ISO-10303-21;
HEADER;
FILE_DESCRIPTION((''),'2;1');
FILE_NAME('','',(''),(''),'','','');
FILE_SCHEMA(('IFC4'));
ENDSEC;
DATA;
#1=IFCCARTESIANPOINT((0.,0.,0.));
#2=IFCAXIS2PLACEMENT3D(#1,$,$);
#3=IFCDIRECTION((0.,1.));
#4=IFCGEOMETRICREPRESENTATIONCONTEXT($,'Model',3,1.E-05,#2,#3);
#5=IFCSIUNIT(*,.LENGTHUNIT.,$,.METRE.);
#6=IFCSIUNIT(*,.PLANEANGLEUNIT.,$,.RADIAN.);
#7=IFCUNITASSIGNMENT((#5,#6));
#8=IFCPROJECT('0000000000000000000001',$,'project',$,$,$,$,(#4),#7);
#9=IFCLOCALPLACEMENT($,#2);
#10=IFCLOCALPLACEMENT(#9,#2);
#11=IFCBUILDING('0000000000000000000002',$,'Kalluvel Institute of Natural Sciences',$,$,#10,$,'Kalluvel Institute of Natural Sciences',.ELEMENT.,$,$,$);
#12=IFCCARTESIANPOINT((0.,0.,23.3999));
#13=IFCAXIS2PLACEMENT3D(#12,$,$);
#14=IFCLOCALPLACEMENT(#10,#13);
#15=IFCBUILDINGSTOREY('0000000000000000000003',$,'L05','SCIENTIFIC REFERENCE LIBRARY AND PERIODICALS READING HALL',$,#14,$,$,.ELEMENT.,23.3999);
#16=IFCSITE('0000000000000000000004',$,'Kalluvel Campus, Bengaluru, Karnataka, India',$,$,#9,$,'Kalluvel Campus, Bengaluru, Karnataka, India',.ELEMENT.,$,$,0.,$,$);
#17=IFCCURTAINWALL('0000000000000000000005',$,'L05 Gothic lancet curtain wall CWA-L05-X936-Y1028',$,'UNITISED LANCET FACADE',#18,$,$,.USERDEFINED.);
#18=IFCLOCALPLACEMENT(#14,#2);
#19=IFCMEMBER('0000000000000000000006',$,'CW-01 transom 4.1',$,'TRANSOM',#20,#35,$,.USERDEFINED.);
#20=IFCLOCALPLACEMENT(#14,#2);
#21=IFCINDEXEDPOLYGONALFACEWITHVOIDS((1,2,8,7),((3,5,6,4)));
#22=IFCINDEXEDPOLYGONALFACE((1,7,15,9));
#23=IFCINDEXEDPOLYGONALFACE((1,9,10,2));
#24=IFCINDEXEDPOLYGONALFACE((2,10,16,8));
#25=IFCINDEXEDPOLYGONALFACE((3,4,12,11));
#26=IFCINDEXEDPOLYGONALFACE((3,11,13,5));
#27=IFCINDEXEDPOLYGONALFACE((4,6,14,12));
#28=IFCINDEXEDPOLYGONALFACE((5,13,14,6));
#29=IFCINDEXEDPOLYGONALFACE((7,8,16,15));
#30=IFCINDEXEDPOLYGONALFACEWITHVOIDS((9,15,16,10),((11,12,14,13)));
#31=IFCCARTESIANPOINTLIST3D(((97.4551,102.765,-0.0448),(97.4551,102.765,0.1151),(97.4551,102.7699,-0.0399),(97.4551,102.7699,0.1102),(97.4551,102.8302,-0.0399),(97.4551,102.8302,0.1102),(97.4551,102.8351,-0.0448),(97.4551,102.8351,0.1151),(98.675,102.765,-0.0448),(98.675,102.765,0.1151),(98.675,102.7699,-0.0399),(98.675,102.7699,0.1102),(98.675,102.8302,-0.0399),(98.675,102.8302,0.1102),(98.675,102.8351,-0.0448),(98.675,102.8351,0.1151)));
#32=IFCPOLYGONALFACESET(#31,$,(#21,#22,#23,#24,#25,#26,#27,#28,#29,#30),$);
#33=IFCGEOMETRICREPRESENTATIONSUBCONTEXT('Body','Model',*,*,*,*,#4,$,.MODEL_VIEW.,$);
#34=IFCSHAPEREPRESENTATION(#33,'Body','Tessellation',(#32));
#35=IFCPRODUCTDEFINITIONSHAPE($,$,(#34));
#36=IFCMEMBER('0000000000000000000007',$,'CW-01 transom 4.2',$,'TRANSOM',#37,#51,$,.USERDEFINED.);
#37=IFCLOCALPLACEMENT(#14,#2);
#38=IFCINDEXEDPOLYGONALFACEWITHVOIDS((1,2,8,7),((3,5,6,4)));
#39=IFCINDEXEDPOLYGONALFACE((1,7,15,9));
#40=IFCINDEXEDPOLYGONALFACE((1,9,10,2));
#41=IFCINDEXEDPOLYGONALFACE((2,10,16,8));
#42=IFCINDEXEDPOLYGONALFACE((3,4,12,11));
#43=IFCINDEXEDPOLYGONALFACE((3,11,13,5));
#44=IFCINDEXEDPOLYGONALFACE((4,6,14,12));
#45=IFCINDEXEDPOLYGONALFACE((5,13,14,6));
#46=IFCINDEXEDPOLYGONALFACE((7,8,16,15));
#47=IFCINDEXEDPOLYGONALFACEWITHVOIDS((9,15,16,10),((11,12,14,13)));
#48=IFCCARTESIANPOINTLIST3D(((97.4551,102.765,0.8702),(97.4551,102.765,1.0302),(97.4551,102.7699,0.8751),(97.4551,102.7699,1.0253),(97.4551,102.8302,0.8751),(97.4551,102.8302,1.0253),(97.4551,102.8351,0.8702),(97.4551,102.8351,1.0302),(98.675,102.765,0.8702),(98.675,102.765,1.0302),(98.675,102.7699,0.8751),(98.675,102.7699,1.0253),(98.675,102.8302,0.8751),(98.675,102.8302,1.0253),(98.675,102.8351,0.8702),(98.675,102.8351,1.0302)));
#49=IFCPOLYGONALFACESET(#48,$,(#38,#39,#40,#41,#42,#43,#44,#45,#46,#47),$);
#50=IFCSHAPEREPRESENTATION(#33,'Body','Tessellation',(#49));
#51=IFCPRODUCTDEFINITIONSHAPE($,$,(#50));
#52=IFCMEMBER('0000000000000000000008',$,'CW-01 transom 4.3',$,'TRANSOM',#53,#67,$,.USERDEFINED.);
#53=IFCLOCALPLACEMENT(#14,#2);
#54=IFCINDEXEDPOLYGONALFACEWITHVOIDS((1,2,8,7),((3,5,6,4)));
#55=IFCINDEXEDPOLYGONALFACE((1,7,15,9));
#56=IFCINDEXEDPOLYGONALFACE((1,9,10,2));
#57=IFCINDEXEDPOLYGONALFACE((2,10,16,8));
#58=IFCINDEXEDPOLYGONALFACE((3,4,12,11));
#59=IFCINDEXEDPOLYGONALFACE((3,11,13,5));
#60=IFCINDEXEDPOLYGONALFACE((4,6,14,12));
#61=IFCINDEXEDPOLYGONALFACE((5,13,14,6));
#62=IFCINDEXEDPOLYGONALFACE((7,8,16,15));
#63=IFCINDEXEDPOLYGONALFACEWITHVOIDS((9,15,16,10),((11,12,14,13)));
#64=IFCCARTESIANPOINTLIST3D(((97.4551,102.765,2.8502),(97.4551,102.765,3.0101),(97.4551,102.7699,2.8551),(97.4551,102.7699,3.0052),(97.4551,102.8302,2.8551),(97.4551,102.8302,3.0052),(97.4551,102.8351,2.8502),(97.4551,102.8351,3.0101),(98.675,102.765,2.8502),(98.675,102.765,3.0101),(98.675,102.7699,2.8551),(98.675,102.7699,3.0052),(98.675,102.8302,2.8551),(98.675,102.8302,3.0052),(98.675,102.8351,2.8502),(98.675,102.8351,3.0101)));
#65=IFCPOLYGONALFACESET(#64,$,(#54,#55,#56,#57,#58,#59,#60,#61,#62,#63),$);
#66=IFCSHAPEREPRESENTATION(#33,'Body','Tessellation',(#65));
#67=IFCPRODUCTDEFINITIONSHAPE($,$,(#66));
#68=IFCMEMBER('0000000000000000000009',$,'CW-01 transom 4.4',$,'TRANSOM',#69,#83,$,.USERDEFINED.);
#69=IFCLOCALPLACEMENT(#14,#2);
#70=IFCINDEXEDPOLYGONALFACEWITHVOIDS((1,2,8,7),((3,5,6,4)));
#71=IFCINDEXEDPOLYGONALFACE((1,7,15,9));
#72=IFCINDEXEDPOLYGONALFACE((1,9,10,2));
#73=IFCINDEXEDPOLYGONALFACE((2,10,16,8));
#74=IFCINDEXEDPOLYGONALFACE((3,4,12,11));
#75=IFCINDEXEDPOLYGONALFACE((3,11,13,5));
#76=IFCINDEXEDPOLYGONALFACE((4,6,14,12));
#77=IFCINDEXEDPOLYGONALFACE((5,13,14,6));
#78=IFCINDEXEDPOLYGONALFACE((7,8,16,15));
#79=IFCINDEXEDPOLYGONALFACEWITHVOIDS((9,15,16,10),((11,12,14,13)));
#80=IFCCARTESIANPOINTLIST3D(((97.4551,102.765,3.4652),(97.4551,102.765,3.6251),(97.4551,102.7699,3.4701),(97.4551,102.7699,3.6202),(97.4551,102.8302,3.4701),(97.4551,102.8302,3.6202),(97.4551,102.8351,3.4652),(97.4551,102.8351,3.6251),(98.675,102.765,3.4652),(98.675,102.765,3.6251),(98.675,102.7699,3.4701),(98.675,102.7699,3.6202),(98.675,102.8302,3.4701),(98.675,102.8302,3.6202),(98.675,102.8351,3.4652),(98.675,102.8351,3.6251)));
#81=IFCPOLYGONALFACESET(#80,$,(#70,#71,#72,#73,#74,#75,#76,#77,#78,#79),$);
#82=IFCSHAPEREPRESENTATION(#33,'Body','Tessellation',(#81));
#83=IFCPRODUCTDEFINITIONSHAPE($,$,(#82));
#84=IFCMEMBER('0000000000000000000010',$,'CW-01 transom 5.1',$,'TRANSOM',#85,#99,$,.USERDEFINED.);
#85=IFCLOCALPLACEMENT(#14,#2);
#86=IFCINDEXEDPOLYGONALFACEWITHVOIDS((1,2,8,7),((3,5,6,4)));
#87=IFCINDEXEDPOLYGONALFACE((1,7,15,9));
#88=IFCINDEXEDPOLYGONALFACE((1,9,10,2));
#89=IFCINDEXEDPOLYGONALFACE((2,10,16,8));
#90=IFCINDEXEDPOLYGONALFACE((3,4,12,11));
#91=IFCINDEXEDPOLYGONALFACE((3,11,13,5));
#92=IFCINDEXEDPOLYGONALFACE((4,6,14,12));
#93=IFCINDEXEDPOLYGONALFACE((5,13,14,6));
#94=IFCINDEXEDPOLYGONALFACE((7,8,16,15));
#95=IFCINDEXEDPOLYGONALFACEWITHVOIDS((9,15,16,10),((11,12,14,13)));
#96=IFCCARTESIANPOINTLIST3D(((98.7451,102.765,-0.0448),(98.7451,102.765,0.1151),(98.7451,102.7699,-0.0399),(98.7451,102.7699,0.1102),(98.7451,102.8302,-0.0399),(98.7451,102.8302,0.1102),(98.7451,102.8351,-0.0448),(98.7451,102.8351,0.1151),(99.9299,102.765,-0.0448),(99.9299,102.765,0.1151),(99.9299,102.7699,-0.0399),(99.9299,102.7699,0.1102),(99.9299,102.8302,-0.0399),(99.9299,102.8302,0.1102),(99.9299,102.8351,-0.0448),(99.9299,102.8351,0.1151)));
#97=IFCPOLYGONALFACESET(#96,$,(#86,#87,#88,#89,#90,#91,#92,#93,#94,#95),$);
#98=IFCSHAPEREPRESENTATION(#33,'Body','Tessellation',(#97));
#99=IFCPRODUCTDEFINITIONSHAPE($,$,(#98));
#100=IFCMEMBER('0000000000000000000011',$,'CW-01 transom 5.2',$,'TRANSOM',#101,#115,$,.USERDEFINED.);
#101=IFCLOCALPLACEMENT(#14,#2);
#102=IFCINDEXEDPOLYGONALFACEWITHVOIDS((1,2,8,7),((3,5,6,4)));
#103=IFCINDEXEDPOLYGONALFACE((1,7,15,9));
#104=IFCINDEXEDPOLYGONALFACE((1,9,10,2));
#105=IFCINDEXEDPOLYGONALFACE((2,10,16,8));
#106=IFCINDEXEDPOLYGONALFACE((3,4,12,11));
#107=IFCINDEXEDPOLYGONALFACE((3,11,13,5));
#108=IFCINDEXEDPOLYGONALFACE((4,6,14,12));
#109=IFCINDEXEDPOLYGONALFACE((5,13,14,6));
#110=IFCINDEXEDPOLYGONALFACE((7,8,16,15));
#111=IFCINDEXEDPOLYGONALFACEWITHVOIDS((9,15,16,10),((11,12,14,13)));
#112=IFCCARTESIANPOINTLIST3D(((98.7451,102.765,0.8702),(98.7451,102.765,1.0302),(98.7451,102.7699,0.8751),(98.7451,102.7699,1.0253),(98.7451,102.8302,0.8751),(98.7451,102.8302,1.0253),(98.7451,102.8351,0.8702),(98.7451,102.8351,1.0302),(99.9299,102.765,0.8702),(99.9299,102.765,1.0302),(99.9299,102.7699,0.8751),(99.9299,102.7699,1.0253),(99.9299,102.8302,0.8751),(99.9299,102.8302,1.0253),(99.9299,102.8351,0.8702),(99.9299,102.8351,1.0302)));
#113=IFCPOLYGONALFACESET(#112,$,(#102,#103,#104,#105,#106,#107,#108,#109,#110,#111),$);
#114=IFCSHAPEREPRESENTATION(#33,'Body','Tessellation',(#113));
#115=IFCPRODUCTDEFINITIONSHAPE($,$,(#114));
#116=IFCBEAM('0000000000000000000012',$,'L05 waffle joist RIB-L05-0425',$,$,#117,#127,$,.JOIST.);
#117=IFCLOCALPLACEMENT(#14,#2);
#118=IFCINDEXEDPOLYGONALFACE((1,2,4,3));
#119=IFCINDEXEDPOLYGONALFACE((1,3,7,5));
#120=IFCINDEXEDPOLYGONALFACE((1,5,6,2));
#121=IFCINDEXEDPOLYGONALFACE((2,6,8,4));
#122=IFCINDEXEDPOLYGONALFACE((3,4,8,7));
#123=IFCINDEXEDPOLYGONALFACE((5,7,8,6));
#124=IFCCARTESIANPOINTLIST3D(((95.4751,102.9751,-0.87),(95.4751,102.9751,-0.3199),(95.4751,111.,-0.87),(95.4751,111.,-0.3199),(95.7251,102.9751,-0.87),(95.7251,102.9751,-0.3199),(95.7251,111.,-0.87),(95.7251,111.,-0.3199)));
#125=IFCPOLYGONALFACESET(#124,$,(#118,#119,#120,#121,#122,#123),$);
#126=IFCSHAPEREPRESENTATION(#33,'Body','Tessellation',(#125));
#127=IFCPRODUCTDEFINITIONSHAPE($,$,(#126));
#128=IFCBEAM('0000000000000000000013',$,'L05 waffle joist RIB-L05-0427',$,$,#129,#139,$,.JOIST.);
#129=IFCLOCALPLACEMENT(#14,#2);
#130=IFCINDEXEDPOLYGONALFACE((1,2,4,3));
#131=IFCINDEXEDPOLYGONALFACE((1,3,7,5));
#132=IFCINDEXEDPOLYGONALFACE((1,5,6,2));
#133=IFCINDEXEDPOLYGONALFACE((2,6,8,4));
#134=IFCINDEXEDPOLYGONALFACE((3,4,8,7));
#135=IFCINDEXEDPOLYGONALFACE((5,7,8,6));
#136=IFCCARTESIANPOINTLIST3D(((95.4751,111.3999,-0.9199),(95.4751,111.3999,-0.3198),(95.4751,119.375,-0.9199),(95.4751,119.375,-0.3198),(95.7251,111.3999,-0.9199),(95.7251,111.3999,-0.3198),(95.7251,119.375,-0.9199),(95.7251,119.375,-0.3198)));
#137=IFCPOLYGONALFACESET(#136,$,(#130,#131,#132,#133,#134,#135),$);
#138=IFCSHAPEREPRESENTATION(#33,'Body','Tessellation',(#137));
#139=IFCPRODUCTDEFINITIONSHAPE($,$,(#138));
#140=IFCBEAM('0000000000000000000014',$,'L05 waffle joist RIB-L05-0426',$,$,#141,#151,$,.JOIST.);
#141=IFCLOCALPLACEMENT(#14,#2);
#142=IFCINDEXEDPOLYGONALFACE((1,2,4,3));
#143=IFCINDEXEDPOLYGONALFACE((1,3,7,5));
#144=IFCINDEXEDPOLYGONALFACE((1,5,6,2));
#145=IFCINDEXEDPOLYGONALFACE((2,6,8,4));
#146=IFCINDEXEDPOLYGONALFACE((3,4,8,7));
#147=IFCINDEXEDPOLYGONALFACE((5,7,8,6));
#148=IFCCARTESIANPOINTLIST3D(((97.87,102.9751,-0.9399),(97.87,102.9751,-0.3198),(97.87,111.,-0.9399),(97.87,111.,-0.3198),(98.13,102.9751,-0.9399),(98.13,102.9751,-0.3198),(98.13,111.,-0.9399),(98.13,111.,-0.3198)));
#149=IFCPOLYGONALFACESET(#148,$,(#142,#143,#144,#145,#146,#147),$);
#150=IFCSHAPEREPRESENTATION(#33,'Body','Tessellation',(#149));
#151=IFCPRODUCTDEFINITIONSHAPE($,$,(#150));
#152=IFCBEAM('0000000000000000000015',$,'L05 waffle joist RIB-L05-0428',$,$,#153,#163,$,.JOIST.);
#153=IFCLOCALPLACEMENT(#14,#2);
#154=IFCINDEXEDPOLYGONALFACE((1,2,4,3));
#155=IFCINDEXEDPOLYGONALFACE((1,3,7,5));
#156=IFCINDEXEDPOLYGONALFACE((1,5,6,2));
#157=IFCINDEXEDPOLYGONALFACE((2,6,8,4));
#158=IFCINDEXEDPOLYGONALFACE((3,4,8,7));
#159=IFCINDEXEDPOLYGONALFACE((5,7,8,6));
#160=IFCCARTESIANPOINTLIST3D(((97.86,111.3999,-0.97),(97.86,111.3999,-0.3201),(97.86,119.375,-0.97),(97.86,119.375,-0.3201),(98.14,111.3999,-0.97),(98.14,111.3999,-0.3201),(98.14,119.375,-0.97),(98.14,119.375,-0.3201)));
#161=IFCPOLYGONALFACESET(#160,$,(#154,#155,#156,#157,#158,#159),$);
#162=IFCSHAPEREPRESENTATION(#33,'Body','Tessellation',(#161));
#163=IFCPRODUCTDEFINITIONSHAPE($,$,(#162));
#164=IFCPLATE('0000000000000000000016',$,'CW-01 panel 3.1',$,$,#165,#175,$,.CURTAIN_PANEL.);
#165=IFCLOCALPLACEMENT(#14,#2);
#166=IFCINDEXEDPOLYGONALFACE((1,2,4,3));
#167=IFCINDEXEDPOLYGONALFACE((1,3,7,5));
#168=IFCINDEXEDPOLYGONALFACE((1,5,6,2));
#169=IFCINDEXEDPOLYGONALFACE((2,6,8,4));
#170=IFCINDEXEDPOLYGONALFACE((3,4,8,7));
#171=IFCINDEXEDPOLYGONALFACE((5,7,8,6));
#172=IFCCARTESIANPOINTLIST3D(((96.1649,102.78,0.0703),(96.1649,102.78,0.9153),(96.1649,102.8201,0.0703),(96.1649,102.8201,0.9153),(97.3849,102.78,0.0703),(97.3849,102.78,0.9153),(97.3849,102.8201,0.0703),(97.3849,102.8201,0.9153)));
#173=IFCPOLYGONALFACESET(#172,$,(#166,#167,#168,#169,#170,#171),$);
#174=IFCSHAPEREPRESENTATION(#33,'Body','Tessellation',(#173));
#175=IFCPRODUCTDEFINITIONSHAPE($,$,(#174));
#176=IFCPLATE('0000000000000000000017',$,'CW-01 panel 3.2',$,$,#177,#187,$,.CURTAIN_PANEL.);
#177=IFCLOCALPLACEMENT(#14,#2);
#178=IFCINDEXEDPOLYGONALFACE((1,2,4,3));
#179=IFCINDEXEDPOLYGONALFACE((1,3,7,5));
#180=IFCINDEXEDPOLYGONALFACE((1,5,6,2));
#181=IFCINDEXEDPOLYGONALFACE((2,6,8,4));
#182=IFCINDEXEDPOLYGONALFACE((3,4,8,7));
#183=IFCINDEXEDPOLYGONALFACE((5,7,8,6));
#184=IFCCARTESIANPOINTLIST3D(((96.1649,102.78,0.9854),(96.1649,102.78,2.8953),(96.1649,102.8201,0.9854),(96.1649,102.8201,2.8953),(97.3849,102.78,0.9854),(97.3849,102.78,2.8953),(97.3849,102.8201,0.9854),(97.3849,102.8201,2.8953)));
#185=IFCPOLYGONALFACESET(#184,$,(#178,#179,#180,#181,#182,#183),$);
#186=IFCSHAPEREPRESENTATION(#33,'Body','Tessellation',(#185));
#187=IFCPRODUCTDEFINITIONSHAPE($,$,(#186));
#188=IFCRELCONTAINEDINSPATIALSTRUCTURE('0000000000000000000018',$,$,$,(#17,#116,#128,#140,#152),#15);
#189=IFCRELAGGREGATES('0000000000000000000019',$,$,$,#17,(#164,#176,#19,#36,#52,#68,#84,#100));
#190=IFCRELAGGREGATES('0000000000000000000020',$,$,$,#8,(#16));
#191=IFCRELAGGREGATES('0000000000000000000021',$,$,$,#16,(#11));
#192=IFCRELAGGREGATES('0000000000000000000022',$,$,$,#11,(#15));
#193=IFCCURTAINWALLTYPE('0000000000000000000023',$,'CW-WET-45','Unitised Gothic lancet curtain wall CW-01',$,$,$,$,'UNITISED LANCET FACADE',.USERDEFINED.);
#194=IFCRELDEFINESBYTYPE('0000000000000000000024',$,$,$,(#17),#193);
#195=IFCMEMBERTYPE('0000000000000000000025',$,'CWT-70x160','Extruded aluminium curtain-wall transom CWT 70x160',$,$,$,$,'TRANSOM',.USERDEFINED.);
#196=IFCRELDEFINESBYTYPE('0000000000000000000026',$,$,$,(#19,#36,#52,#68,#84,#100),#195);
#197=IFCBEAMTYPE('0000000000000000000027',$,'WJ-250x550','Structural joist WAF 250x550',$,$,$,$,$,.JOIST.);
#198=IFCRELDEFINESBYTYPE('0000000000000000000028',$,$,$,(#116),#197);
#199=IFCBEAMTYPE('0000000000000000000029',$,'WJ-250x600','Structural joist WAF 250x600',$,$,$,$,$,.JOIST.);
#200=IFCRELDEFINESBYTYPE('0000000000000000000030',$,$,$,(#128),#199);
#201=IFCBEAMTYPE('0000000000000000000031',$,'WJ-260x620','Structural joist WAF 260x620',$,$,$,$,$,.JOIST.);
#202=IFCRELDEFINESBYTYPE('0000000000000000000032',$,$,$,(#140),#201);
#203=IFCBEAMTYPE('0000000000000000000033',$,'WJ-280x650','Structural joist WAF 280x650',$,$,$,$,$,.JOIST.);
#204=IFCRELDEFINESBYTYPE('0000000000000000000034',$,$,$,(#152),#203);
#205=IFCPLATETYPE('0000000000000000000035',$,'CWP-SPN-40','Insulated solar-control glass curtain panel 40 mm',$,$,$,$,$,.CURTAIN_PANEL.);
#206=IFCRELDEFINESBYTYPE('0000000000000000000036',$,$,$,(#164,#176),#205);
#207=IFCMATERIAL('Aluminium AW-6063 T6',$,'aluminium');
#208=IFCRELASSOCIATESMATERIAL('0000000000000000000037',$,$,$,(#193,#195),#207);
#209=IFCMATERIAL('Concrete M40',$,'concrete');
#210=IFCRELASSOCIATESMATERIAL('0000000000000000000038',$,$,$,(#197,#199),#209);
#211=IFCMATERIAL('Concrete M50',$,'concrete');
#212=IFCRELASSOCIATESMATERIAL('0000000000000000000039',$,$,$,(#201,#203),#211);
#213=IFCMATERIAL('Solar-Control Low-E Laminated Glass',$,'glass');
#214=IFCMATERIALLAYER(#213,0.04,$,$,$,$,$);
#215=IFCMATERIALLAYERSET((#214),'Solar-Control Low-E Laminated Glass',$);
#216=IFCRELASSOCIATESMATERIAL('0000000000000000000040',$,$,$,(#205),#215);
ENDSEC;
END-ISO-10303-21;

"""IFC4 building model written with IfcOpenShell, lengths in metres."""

from ifc_helpers import new_model, si_unit, direction, frame, origin, origin_2d, place, context, subcontext, project, spatial, rectangle, hollow_rectangle, extrude, material, layer, layer_set, material_profile, profile_set, type_object, element, aggregate, save


model = new_model("IFC4")

# Units and contexts
model_context = context("Model", 3, precision=1e-05, world=origin(), true_north=direction((0.0, 1.0)))
body_context = subcontext(model_context, "Body", "Model", "MODEL_VIEW")
ifc_project = project(units=[si_unit("LENGTHUNIT", "METRE"), si_unit("PLANEANGLEUNIT", "RADIAN")], contexts=[model_context])

# Site, building, storey
site_placement = place(None, origin())
site = spatial("IfcSite", under=ifc_project, at=site_placement, Name="Kalluvel Campus, Bengaluru, Karnataka, India", LongName="Kalluvel Campus, Bengaluru, Karnataka, India", CompositionType="ELEMENT", RefElevation=0.0)
building_placement = place(site_placement, origin())
building = spatial("IfcBuilding", under=site, at=building_placement, Name="Kalluvel Institute of Natural Sciences", LongName="Kalluvel Institute of Natural Sciences", CompositionType="ELEMENT")
storey_placement = place(building_placement, frame((0.0, 0.0, 23.3999)))
storey = spatial("IfcBuildingStorey", under=building, at=storey_placement, Name="L05", Description="SCIENTIFIC REFERENCE LIBRARY AND PERIODICALS READING HALL", CompositionType="ELEMENT", Elevation=23.3999)

# Shared definitions
ifc_material_1 = material(Name="Concrete M40", Category="concrete")

# Curtain wall, members
ifc_material_2 = material(Name="Aluminium AW-6063 T6", Category="aluminium")
curtain_wall_type = type_object("IfcCurtainWallType", Name="CW-WET-45", Description="Unitised Gothic lancet curtain wall CW-01", ElementType="UNITISED LANCET FACADE", PredefinedType="USERDEFINED", material=ifc_material_2)
curtain_wall_placement = place(storey_placement, origin())
curtain_wall = element("IfcCurtainWall", 1, at=curtain_wall_placement, inside=storey, type_object=curtain_wall_type, Name="L05 Gothic lancet curtain wall CWA-L05-X936-Y1028", ObjectType="UNITISED LANCET FACADE", PredefinedType="USERDEFINED")
ifc_material_profile_1 = material_profile(ifc_material_2, hollow_rectangle(XDim=0.0701, YDim=0.1599, WallThickness=0.0049, at=origin_2d()), Name="CWT 70x160")
ifc_profile_set_1 = profile_set([ifc_material_profile_1], Name="Aluminium AW-6063 T6")
member_type_1 = type_object("IfcMemberType", Name="CWT-70x160", Description="Extruded aluminium curtain-wall transom CWT 70x160", ElementType="TRANSOM", PredefinedType="USERDEFINED", material=ifc_profile_set_1)
member_1_placement = place(storey_placement, frame((97.4551, 102.8, 0.0352), z_axis=(1.0, 0.0, 0.0), x_axis=(0.0, 1.0, 0.0)))
member_1 = element("IfcMember", 2, at=member_1_placement, type_object=member_type_1, Name="CW-01 transom 4.1", ObjectType="TRANSOM", PredefinedType="USERDEFINED", context=body_context, shape_type="SweptSolid", body=[
    extrude(hollow_rectangle(XDim=0.0701, YDim=0.1599, WallThickness=0.0049, at=origin_2d()), origin(), (0.0, 0.0, 1.0), 1.22),
])
member_2_placement = place(storey_placement, frame((97.4551, 102.8, 0.9502), z_axis=(1.0, 0.0, 0.0), x_axis=(0.0, 1.0, 0.0)))
member_2 = element("IfcMember", 3, at=member_2_placement, type_object=member_type_1, Name="CW-01 transom 4.2", ObjectType="TRANSOM", PredefinedType="USERDEFINED", context=body_context, shape_type="SweptSolid", body=[
    extrude(hollow_rectangle(XDim=0.0701, YDim=0.1599, WallThickness=0.0049, at=origin_2d()), origin(), (0.0, 0.0, 1.0), 1.22),
])
member_3_placement = place(storey_placement, frame((97.4551, 102.8, 2.9302), z_axis=(1.0, 0.0, 0.0), x_axis=(0.0, 1.0, 0.0)))
member_3 = element("IfcMember", 4, at=member_3_placement, type_object=member_type_1, Name="CW-01 transom 4.3", ObjectType="TRANSOM", PredefinedType="USERDEFINED", context=body_context, shape_type="SweptSolid", body=[
    extrude(hollow_rectangle(XDim=0.0701, YDim=0.1599, WallThickness=0.0049, at=origin_2d()), origin(), (0.0, 0.0, 1.0), 1.22),
])
member_4_placement = place(storey_placement, frame((97.4551, 102.8, 3.5452), z_axis=(1.0, 0.0, 0.0), x_axis=(0.0, 1.0, 0.0)))
member_4 = element("IfcMember", 5, at=member_4_placement, type_object=member_type_1, Name="CW-01 transom 4.4", ObjectType="TRANSOM", PredefinedType="USERDEFINED", context=body_context, shape_type="SweptSolid", body=[
    extrude(hollow_rectangle(XDim=0.0701, YDim=0.1599, WallThickness=0.0049, at=origin_2d()), origin(), (0.0, 0.0, 1.0), 1.22),
])
member_5_placement = place(storey_placement, frame((98.7451, 102.8, 0.0352), z_axis=(1.0, 0.0, 0.0), x_axis=(0.0, 1.0, 0.0)))
member_5 = element("IfcMember", 6, at=member_5_placement, type_object=member_type_1, Name="CW-01 transom 5.1", ObjectType="TRANSOM", PredefinedType="USERDEFINED", context=body_context, shape_type="SweptSolid", body=[
    extrude(hollow_rectangle(XDim=0.0701, YDim=0.1599, WallThickness=0.0049, at=origin_2d()), origin(), (0.0, 0.0, 1.0), 1.1848),
])
member_6_placement = place(storey_placement, frame((98.7451, 102.8, 0.9502), z_axis=(1.0, 0.0, 0.0), x_axis=(0.0, 1.0, 0.0)))
member_6 = element("IfcMember", 7, at=member_6_placement, type_object=member_type_1, Name="CW-01 transom 5.2", ObjectType="TRANSOM", PredefinedType="USERDEFINED", context=body_context, shape_type="SweptSolid", body=[
    extrude(hollow_rectangle(XDim=0.0701, YDim=0.1599, WallThickness=0.0049, at=origin_2d()), origin(), (0.0, 0.0, 1.0), 1.1848),
])

# Beams
ifc_material_profile_2 = material_profile(ifc_material_1, rectangle(XDim=0.25, YDim=0.55, at=origin_2d()), Name="WAF 250x550")
ifc_profile_set_2 = profile_set([ifc_material_profile_2], Name="Concrete M40")
beam_type_1 = type_object("IfcBeamType", Name="WJ-250x550", Description="Structural joist WAF 250x550", PredefinedType="JOIST", material=ifc_profile_set_2)
beam_1_placement = place(storey_placement, frame((95.6001, 102.9751, -0.595), z_axis=(0.0, 1.0, 0.0), x_axis=(-1.0, 0.0, 0.0)))
element("IfcBeam", 8, at=beam_1_placement, inside=storey, type_object=beam_type_1, Name="L05 waffle joist RIB-L05-0425", PredefinedType="JOIST", context=body_context, shape_type="SweptSolid", body=[
    extrude(rectangle(XDim=0.25, YDim=0.55, at=origin_2d()), origin(), (0.0, 0.0, 1.0), 8.0249),
])
ifc_material_profile_3 = material_profile(ifc_material_1, rectangle(XDim=0.25, YDim=0.6001, at=origin_2d()), Name="WAF 250x600")
ifc_profile_set_3 = profile_set([ifc_material_profile_3], Name="Concrete M40")
beam_type_2 = type_object("IfcBeamType", Name="WJ-250x600", Description="Structural joist WAF 250x600", PredefinedType="JOIST", material=ifc_profile_set_3)
beam_2_placement = place(storey_placement, frame((95.6001, 111.3999, -0.6199), z_axis=(0.0, 1.0, 0.0), x_axis=(-1.0, 0.0, 0.0)))
element("IfcBeam", 9, at=beam_2_placement, inside=storey, type_object=beam_type_2, Name="L05 waffle joist RIB-L05-0427", PredefinedType="JOIST", context=body_context, shape_type="SweptSolid", body=[
    extrude(rectangle(XDim=0.25, YDim=0.6001, at=origin_2d()), origin(), (0.0, 0.0, 1.0), 7.9751),
])
ifc_material_3 = material(Name="Concrete M50", Category="concrete")
ifc_material_profile_4 = material_profile(ifc_material_3, rectangle(XDim=0.26, YDim=0.6201, at=origin_2d()), Name="WAF 260x620")
ifc_profile_set_4 = profile_set([ifc_material_profile_4], Name="Concrete M50")
beam_type_3 = type_object("IfcBeamType", Name="WJ-260x620", Description="Structural joist WAF 260x620", PredefinedType="JOIST", material=ifc_profile_set_4)
beam_3_placement = place(storey_placement, frame((98.0, 102.9751, -0.6299), z_axis=(0.0, 1.0, 0.0), x_axis=(-1.0, 0.0, 0.0)))
element("IfcBeam", 10, at=beam_3_placement, inside=storey, type_object=beam_type_3, Name="L05 waffle joist RIB-L05-0426", PredefinedType="JOIST", context=body_context, shape_type="SweptSolid", body=[
    extrude(rectangle(XDim=0.26, YDim=0.6201, at=origin_2d()), origin(), (0.0, 0.0, 1.0), 8.0249),
])
ifc_material_profile_5 = material_profile(ifc_material_3, rectangle(XDim=0.28, YDim=0.6499, at=origin_2d()), Name="WAF 280x650")
ifc_profile_set_5 = profile_set([ifc_material_profile_5], Name="Concrete M50")
beam_type_4 = type_object("IfcBeamType", Name="WJ-280x650", Description="Structural joist WAF 280x650", PredefinedType="JOIST", material=ifc_profile_set_5)
beam_4_placement = place(storey_placement, frame((98.0, 111.3999, -0.645), z_axis=(0.0, 1.0, 0.0), x_axis=(-1.0, 0.0, 0.0)))
element("IfcBeam", 11, at=beam_4_placement, inside=storey, type_object=beam_type_4, Name="L05 waffle joist RIB-L05-0428", PredefinedType="JOIST", context=body_context, shape_type="SweptSolid", body=[
    extrude(rectangle(XDim=0.28, YDim=0.6499, at=origin_2d()), origin(), (0.0, 0.0, 1.0), 7.9751),
])

# Plates
ifc_material_4 = material(Name="Solar-Control Low-E Laminated Glass", Category="glass")
ifc_layer_1 = layer(ifc_material_4, 0.04)
ifc_layer_set_1 = layer_set([ifc_layer_1], Name="Solar-Control Low-E Laminated Glass")
plate_type = type_object("IfcPlateType", Name="CWP-SPN-40", Description="Insulated solar-control glass curtain panel 40 mm", PredefinedType="CURTAIN_PANEL", material=ifc_layer_set_1)
plate_1_placement = place(storey_placement, frame((96.7749, 102.8, 0.0703), z_axis=(0.0, 0.0, 1.0), x_axis=(1.0, 0.0, 0.0)))
plate_1 = element("IfcPlate", 12, at=plate_1_placement, type_object=plate_type, Name="CW-01 panel 3.1", PredefinedType="CURTAIN_PANEL", context=body_context, shape_type="SweptSolid", body=[
    extrude(rectangle(XDim=1.22, YDim=0.04, at=origin_2d()), origin(), (0.0, 0.0, 1.0), 0.845),
])
plate_2_placement = place(storey_placement, frame((96.7749, 102.8, 0.9854), z_axis=(0.0, 0.0, 1.0), x_axis=(1.0, 0.0, 0.0)))
plate_2 = element("IfcPlate", 13, at=plate_2_placement, type_object=plate_type, Name="CW-01 panel 3.2", PredefinedType="CURTAIN_PANEL", context=body_context, shape_type="SweptSolid", body=[
    extrude(rectangle(XDim=1.22, YDim=0.04, at=origin_2d()), origin(), (0.0, 0.0, 1.0), 1.9099),
])
aggregate(curtain_wall, [plate_1, plate_2, member_1, member_2, member_3, member_4, member_5, member_6])

save(model, "model.ifc")
